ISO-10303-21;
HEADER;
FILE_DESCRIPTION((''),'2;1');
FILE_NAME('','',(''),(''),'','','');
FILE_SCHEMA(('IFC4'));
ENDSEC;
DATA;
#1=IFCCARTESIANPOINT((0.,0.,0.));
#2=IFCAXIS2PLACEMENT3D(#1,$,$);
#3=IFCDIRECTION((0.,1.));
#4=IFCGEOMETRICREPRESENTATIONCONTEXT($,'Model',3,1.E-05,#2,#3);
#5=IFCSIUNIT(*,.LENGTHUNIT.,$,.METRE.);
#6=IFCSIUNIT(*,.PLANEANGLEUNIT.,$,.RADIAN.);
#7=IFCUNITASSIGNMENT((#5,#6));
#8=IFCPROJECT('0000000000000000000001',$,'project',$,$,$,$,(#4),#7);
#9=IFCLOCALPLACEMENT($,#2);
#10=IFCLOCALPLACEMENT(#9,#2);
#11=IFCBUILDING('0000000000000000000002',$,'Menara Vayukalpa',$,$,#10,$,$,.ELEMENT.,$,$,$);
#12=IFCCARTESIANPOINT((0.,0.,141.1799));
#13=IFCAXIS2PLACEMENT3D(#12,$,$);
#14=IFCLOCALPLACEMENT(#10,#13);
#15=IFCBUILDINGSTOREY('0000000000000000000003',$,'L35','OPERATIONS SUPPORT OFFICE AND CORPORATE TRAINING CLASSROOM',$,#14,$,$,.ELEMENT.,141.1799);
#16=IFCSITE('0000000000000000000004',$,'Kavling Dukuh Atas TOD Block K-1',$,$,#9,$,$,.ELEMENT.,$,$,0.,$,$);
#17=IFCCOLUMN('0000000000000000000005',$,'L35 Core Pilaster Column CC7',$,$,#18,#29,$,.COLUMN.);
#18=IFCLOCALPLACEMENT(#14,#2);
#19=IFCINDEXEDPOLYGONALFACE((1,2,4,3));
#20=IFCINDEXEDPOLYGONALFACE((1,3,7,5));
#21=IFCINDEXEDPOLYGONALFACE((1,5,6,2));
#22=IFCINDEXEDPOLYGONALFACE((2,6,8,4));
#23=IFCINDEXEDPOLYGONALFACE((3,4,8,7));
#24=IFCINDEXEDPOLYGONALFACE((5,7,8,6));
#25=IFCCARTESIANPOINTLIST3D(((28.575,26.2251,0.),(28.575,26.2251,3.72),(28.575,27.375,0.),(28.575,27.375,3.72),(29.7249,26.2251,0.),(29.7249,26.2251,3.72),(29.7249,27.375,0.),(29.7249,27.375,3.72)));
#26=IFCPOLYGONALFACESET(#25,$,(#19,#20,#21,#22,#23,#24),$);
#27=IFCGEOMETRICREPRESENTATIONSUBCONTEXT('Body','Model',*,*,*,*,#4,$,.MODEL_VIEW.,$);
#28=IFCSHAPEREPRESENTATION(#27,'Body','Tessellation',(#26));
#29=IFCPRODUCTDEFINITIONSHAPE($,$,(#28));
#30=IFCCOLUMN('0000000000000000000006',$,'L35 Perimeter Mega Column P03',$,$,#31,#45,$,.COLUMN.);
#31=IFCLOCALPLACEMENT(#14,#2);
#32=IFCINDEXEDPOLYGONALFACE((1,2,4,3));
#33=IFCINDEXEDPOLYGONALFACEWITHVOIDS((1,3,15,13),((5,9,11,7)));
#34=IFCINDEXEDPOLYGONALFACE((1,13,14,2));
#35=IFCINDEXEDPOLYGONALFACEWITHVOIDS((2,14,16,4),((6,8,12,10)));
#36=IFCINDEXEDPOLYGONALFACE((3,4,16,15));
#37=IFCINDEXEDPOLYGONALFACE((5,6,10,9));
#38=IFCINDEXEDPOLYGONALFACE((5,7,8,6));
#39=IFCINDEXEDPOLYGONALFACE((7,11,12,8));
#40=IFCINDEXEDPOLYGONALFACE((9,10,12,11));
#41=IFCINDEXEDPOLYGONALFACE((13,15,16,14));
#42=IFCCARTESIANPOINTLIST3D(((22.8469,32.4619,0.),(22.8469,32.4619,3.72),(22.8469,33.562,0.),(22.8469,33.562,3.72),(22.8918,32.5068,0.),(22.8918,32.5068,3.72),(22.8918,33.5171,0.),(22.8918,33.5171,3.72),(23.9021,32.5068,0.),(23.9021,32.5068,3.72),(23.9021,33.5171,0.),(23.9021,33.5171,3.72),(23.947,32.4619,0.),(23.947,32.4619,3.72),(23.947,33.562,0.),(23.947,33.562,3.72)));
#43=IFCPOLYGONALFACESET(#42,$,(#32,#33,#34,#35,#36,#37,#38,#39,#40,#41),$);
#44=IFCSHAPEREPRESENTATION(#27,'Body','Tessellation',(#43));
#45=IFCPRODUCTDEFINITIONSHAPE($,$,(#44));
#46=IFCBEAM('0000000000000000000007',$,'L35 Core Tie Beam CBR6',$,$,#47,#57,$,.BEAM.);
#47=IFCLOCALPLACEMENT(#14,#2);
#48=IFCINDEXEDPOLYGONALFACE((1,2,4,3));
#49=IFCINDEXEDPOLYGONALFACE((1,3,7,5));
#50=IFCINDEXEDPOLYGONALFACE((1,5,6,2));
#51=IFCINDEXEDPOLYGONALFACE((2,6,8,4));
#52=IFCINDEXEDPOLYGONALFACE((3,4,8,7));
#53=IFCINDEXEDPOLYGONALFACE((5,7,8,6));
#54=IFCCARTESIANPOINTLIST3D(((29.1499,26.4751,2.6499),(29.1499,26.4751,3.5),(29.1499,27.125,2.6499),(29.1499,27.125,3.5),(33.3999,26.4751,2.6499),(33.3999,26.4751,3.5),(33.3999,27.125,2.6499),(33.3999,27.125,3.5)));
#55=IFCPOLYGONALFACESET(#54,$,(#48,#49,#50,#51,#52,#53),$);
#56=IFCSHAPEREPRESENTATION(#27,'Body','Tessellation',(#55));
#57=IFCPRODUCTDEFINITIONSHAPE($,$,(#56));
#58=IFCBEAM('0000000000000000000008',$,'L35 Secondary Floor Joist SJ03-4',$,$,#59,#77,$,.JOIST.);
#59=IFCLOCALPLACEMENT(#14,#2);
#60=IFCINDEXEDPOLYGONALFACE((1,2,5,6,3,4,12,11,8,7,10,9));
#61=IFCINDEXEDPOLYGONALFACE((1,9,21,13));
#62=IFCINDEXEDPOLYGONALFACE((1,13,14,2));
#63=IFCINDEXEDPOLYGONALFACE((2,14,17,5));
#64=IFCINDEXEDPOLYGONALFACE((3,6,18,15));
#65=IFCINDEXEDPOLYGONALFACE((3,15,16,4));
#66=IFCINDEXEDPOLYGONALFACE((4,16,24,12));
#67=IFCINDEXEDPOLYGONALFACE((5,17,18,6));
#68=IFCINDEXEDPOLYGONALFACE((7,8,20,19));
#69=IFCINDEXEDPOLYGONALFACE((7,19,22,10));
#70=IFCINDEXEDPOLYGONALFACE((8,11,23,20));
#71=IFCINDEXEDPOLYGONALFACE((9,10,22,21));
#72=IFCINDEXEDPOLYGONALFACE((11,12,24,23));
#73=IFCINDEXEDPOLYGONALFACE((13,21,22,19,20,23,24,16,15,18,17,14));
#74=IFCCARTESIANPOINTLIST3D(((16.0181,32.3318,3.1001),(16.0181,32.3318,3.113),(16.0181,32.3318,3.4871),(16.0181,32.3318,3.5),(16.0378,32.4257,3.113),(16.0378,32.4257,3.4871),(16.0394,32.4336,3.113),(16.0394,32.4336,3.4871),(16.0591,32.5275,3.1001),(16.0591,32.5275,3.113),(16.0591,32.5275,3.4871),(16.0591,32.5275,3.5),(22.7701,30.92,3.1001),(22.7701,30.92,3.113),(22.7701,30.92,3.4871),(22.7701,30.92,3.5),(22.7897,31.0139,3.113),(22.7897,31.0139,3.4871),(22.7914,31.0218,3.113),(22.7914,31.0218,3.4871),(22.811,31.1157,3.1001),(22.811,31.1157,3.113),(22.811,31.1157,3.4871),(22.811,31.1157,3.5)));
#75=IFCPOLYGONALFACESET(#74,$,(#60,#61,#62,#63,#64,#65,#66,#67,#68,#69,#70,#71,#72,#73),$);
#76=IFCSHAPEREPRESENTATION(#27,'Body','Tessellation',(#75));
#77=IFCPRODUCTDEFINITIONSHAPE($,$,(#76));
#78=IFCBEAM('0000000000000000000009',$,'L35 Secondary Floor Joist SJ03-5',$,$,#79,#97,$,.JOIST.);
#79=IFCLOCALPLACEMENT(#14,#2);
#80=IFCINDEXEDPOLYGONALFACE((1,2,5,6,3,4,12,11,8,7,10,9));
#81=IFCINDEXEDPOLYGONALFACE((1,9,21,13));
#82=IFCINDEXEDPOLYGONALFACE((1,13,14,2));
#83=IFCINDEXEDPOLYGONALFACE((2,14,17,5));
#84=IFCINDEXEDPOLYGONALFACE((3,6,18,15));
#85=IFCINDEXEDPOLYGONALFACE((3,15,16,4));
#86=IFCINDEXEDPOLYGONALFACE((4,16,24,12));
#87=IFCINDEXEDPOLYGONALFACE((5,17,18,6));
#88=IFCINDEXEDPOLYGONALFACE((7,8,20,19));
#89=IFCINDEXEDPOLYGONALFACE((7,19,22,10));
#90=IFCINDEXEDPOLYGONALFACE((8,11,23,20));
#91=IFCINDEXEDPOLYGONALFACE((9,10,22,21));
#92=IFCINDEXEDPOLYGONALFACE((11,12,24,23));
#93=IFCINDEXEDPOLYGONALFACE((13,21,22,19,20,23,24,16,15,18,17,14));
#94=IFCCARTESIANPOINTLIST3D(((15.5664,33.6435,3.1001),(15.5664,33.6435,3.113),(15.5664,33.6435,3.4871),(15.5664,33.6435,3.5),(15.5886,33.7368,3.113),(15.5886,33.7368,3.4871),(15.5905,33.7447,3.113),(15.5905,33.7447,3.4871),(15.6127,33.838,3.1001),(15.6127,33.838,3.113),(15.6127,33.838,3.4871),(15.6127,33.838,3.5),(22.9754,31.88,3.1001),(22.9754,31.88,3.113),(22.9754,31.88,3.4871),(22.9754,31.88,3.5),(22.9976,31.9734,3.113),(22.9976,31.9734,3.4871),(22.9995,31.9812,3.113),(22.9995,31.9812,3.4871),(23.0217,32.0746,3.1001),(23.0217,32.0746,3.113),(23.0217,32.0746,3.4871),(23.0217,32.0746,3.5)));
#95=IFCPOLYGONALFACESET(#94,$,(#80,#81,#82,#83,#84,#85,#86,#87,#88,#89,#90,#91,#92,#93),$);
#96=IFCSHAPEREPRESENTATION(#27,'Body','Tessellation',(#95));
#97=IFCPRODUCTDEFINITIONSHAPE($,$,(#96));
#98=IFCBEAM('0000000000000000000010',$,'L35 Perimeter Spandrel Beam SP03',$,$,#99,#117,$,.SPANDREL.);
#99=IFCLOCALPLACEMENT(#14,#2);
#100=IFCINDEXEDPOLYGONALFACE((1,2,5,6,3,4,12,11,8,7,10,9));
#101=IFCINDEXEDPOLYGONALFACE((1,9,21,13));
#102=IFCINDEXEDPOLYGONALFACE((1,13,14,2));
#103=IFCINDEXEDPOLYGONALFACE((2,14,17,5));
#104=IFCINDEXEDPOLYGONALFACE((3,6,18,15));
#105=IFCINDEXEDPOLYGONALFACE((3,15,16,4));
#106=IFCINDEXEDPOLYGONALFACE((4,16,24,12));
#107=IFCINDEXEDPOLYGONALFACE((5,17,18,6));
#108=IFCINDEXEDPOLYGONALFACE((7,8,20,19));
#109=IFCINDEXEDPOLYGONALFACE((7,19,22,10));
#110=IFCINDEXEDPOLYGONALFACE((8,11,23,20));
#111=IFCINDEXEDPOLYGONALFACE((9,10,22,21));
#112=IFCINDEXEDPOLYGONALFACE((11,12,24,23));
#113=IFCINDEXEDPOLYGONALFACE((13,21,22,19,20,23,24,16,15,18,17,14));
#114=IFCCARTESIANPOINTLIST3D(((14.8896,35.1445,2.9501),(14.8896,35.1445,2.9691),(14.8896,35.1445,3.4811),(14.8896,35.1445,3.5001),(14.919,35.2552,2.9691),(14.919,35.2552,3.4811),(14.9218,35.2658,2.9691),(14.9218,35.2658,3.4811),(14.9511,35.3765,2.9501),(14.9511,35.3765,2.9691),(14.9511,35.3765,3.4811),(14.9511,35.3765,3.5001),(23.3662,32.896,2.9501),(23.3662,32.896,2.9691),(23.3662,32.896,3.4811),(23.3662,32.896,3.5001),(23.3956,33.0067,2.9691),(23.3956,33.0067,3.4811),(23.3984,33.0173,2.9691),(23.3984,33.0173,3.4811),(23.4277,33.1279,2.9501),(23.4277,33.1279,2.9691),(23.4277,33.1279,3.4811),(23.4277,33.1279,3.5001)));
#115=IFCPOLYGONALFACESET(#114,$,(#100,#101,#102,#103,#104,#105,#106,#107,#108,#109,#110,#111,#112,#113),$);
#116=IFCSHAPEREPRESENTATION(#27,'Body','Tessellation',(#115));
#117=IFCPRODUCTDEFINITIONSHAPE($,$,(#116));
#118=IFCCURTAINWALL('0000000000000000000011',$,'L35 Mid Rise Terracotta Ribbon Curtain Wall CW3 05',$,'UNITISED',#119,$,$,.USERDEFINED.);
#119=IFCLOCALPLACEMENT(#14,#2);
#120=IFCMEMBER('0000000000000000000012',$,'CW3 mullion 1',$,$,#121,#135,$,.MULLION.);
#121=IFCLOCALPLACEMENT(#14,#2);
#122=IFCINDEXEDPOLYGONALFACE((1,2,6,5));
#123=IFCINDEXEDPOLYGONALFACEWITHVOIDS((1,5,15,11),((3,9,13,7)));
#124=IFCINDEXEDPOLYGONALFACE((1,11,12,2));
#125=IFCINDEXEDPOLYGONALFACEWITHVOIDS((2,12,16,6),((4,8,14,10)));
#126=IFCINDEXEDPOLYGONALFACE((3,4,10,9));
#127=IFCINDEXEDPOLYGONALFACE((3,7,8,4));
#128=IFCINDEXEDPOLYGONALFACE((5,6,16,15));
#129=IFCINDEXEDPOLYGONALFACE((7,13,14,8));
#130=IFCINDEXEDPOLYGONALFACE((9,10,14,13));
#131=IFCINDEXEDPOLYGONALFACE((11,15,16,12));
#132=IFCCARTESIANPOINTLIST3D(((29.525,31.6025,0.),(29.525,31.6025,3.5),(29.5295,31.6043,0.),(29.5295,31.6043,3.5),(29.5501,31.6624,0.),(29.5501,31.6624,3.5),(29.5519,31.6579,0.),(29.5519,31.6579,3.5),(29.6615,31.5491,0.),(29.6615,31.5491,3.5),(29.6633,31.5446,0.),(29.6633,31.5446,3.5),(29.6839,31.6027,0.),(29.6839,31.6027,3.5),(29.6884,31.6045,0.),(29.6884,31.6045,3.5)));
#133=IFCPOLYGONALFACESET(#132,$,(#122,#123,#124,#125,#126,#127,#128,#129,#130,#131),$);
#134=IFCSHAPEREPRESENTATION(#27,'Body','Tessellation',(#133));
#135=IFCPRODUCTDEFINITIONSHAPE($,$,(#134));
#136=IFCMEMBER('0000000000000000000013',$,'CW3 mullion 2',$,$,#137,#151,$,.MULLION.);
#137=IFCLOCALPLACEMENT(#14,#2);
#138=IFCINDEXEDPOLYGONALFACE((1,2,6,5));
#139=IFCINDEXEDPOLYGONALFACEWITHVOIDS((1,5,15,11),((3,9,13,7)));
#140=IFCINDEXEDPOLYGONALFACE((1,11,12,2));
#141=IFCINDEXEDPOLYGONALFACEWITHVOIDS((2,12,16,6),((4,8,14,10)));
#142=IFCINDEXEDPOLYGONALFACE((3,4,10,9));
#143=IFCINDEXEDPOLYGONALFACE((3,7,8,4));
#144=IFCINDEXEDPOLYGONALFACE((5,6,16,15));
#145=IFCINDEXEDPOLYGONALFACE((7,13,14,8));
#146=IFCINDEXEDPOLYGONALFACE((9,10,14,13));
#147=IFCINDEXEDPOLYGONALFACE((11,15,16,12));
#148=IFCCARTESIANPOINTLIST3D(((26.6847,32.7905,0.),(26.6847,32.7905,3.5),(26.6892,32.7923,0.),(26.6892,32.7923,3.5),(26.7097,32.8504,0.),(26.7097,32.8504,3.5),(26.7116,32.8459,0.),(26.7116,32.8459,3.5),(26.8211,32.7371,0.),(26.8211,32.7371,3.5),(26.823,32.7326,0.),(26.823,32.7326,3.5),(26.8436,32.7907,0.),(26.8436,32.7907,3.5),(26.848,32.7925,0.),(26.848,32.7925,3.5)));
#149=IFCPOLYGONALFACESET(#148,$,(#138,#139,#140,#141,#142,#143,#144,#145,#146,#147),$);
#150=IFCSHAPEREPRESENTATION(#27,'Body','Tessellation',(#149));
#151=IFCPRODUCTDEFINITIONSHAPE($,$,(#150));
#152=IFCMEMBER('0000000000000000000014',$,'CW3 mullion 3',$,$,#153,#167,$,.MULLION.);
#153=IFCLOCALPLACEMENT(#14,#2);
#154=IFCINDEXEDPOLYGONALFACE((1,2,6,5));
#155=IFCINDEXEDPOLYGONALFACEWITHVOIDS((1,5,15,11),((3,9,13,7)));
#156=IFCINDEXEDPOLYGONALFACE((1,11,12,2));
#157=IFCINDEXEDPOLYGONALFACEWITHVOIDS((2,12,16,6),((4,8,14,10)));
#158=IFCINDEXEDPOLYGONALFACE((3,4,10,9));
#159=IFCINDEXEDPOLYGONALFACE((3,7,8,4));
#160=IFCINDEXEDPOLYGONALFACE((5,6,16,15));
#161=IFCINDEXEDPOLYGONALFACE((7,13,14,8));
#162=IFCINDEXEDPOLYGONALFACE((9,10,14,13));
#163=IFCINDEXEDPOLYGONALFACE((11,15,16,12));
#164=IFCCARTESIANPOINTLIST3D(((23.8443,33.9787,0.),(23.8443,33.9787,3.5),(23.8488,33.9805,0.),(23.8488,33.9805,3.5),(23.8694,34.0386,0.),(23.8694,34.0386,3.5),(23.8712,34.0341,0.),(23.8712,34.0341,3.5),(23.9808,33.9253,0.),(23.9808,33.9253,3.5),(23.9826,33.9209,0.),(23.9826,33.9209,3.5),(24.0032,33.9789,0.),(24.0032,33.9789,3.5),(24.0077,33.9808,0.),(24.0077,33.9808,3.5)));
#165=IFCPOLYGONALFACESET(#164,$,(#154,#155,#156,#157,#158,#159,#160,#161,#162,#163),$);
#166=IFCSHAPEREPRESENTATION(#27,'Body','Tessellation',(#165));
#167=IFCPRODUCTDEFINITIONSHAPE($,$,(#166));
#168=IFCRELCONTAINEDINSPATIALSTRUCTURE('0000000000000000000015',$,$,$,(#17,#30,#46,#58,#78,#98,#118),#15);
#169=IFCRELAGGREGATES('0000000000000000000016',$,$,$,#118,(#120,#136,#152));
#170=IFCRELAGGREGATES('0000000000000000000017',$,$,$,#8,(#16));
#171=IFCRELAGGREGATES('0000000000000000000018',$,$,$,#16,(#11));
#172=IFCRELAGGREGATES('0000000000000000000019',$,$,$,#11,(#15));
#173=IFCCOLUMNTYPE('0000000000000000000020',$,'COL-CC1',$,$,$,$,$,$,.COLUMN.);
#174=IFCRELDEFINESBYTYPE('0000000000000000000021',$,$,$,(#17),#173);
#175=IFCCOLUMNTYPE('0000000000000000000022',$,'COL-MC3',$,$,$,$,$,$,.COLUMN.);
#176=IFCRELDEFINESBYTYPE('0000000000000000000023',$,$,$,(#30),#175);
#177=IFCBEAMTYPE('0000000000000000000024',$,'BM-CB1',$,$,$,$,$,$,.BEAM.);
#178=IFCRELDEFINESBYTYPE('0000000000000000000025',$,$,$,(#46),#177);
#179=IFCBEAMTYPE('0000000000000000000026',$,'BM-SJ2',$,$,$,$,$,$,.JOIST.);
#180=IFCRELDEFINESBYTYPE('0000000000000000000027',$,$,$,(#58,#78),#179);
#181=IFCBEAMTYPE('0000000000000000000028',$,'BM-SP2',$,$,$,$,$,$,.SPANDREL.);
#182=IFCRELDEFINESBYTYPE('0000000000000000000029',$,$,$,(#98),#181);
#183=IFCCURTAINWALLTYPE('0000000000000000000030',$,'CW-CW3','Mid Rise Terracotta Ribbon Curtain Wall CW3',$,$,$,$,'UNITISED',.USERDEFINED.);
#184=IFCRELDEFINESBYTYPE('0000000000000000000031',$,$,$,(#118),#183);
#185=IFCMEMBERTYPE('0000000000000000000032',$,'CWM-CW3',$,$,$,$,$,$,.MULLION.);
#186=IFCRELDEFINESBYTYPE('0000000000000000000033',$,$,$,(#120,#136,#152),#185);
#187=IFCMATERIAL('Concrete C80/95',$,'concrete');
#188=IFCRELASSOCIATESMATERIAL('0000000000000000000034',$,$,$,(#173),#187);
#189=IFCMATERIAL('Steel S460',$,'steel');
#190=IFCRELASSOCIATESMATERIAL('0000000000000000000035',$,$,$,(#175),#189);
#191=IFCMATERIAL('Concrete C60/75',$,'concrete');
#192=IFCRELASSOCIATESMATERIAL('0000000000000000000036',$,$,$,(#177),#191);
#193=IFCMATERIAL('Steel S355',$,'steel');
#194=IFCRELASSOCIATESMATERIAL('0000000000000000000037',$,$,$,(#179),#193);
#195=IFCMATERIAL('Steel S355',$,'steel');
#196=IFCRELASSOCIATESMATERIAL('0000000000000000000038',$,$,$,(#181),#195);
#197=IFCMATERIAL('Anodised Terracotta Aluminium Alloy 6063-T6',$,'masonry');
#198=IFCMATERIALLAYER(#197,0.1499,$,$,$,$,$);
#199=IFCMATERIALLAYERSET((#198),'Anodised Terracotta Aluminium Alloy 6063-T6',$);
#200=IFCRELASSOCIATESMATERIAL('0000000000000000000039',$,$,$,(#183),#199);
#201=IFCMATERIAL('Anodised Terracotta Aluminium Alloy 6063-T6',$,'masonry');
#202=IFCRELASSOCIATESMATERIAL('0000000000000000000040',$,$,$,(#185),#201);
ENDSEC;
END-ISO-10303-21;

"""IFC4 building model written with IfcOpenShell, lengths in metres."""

from ifc_helpers import new_model, si_unit, direction, frame, origin, origin_2d, place, context, subcontext, project, spatial, rectangle, hollow_rectangle, i_section, extrude, material, layer, layer_set, material_profile, profile_set, type_object, element, aggregate, save


model = new_model("IFC4")

# Units and contexts
model_context = context("Model", 3, precision=1e-05, world=origin(), true_north=direction((0.0, 1.0)))
body_context = subcontext(model_context, "Body", "Model", "MODEL_VIEW")
ifc_project = project(units=[si_unit("LENGTHUNIT", "METRE"), si_unit("PLANEANGLEUNIT", "RADIAN")], contexts=[model_context])

# Site, building, storey
site_placement = place(None, origin())
site = spatial("IfcSite", under=ifc_project, at=site_placement, Name="Kavling Dukuh Atas TOD Block K-1", CompositionType="ELEMENT", RefElevation=0.0)
building_placement = place(site_placement, origin())
building = spatial("IfcBuilding", under=site, at=building_placement, Name="Menara Vayukalpa", CompositionType="ELEMENT")
storey_placement = place(building_placement, frame((0.0, 0.0, 141.1799)))
storey = spatial("IfcBuildingStorey", under=building, at=storey_placement, Name="L35", Description="OPERATIONS SUPPORT OFFICE AND CORPORATE TRAINING CLASSROOM", CompositionType="ELEMENT", Elevation=141.1799)

# Columns
ifc_material_1 = material(Name="Concrete C80/95", Category="concrete")
ifc_material_profile_1 = material_profile(ifc_material_1, rectangle(XDim=1.1499, YDim=1.1499, at=origin_2d()), Name="RC 1150x1150")
ifc_profile_set_1 = profile_set([ifc_material_profile_1], Name="Concrete C80/95")
column_type_1 = type_object("IfcColumnType", Name="COL-CC1", PredefinedType="COLUMN", material=ifc_profile_set_1)
column_1_placement = place(storey_placement, frame((29.1499, 26.8, 0.0), z_axis=(0.0, 0.0, 1.0), x_axis=(1.0, 0.0, 0.0)))
element("IfcColumn", 1, at=column_1_placement, inside=storey, type_object=column_type_1, Name="L35 Core Pilaster Column CC7", PredefinedType="COLUMN", context=body_context, shape_type="SweptSolid", body=[
    extrude(rectangle(XDim=1.1499, YDim=1.1499, at=origin_2d()), origin(), (0.0, 0.0, 1.0), 3.72),
])
ifc_material_2 = material(Name="Steel S460", Category="steel")
ifc_material_profile_2 = material_profile(ifc_material_2, hollow_rectangle(XDim=1.1001, YDim=1.1001, WallThickness=0.0449, at=origin_2d()), Name="BOX 1100x1100x45")
ifc_profile_set_2 = profile_set([ifc_material_profile_2], Name="Steel S460")
column_type_2 = type_object("IfcColumnType", Name="COL-MC3", PredefinedType="COLUMN", material=ifc_profile_set_2)
column_2_placement = place(storey_placement, frame((23.397, 33.012, 0.0), z_axis=(0.0, 0.0, 1.0), x_axis=(1.0, 0.0, 0.0)))
element("IfcColumn", 2, at=column_2_placement, inside=storey, type_object=column_type_2, Name="L35 Perimeter Mega Column P03", PredefinedType="COLUMN", context=body_context, shape_type="SweptSolid", body=[
    extrude(hollow_rectangle(XDim=1.1001, YDim=1.1001, WallThickness=0.0449, at=origin_2d()), origin(), (0.0, 0.0, 1.0), 3.72),
])

# Beams
ifc_material_3 = material(Name="Concrete C60/75", Category="concrete")
ifc_material_profile_3 = material_profile(ifc_material_3, rectangle(XDim=0.6499, YDim=0.8501, at=origin_2d()), Name="RC 650x850")
ifc_profile_set_3 = profile_set([ifc_material_profile_3], Name="Concrete C60/75")
beam_type_1 = type_object("IfcBeamType", Name="BM-CB1", PredefinedType="BEAM", material=ifc_profile_set_3)
beam_1_placement = place(storey_placement, frame((29.1499, 26.8, 3.075), z_axis=(1.0, 0.0, 0.0), x_axis=(0.0, 1.0, 0.0)))
element("IfcBeam", 3, at=beam_1_placement, inside=storey, type_object=beam_type_1, Name="L35 Core Tie Beam CBR6", PredefinedType="BEAM", context=body_context, shape_type="SweptSolid", body=[
    extrude(rectangle(XDim=0.6499, YDim=0.8501, at=origin_2d()), origin(), (0.0, 0.0, 1.0), 4.25),
])
ifc_material_4 = material(Name="Steel S355", Category="steel")
ifc_material_profile_4 = material_profile(ifc_material_4, i_section(OverallWidth=0.2, OverallDepth=0.3999, WebThickness=0.0081, FlangeThickness=0.0129, at=origin_2d()), Name="WF 400x200x8x13")
ifc_profile_set_4 = profile_set([ifc_material_profile_4], Name="Steel S355")
beam_type_2 = type_object("IfcBeamType", Name="BM-SJ2", PredefinedType="JOIST", material=ifc_profile_set_4)
beam_2_placement = place(storey_placement, frame((22.7905, 31.0178, 3.3), z_axis=(-0.978829, 0.204678, 0.0), x_axis=(-0.204678, -0.978829, 0.0)))
element("IfcBeam", 4, at=beam_2_placement, inside=storey, type_object=beam_type_2, Name="L35 Secondary Floor Joist SJ03-4", PredefinedType="JOIST", context=body_context, shape_type="SweptSolid", body=[
    extrude(i_section(OverallWidth=0.2, OverallDepth=0.3999, WebThickness=0.0081, FlangeThickness=0.0129, at=origin_2d()), origin(), (0.0, 0.0, 1.0), 6.8979),
])
beam_3_placement = place(storey_placement, frame((22.9985, 31.9773, 3.3), z_axis=(-0.972824, 0.231545, 0.0), x_axis=(-0.231545, -0.972824, 0.0)))
element("IfcBeam", 5, at=beam_3_placement, inside=storey, type_object=beam_type_2, Name="L35 Secondary Floor Joist SJ03-5", PredefinedType="JOIST", context=body_context, shape_type="SweptSolid", body=[
    extrude(i_section(OverallWidth=0.2, OverallDepth=0.3999, WebThickness=0.0081, FlangeThickness=0.0129, at=origin_2d()), origin(), (0.0, 0.0, 1.0), 7.616),
])
ifc_material_5 = material(Name="Steel S355", Category="steel")
ifc_material_profile_5 = material_profile(ifc_material_5, i_section(OverallWidth=0.24, OverallDepth=0.55, WebThickness=0.011, FlangeThickness=0.019, at=origin_2d()), Name="WF 550x240x11x19")
ifc_profile_set_5 = profile_set([ifc_material_profile_5], Name="Steel S355")
beam_type_3 = type_object("IfcBeamType", Name="BM-SP2", PredefinedType="SPANDREL", material=ifc_profile_set_5)
beam_4_placement = place(storey_placement, frame((23.397, 33.012, 3.2251), z_axis=(-0.966571, 0.256398, 0.0), x_axis=(-0.256398, -0.966571, 0.0)))
element("IfcBeam", 6, at=beam_4_placement, inside=storey, type_object=beam_type_3, Name="L35 Perimeter Spandrel Beam SP03", PredefinedType="SPANDREL", context=body_context, shape_type="SweptSolid", body=[
    extrude(i_section(OverallWidth=0.24, OverallDepth=0.55, WebThickness=0.011, FlangeThickness=0.019, at=origin_2d()), origin(), (0.0, 0.0, 1.0), 8.7698),
])

# Curtain wall, members
ifc_material_6 = material(Name="Anodised Terracotta Aluminium Alloy 6063-T6", Category="masonry")
ifc_layer_1 = layer(ifc_material_6, 0.1499)
ifc_layer_set_1 = layer_set([ifc_layer_1], Name="Anodised Terracotta Aluminium Alloy 6063-T6")
curtain_wall_type = type_object("IfcCurtainWallType", Name="CW-CW3", Description="Mid Rise Terracotta Ribbon Curtain Wall CW3", ElementType="UNITISED", PredefinedType="USERDEFINED", material=ifc_layer_set_1)
curtain_wall_placement = place(storey_placement, origin())
curtain_wall = element("IfcCurtainWall", 7, at=curtain_wall_placement, inside=storey, type_object=curtain_wall_type, Name="L35 Mid Rise Terracotta Ribbon Curtain Wall CW3 05", ObjectType="UNITISED", PredefinedType="USERDEFINED")
ifc_material_7 = material(Name="Anodised Terracotta Aluminium Alloy 6063-T6", Category="masonry")
ifc_material_profile_6 = material_profile(ifc_material_7, hollow_rectangle(XDim=0.0649, YDim=0.1499, WallThickness=0.0034, at=origin_2d()), Name="ALU 65x150x3.5")
ifc_profile_set_6 = profile_set([ifc_material_profile_6], Name="Anodised Terracotta Aluminium Alloy 6063-T6")
member_type_1 = type_object("IfcMemberType", Name="CWM-CW3", PredefinedType="MULLION", material=ifc_profile_set_6)
member_1_placement = place(storey_placement, frame((29.6067, 31.6035, 0.0), z_axis=(0.0, 0.0, 1.0), x_axis=(-0.385886, -0.922546, 0.0)))
member_1 = element("IfcMember", 8, at=member_1_placement, type_object=member_type_1, Name="CW3 mullion 1", PredefinedType="MULLION", context=body_context, shape_type="SweptSolid", body=[
    extrude(hollow_rectangle(XDim=0.0649, YDim=0.1499, WallThickness=0.0034, at=origin_2d()), origin(), (0.0, 0.0, 1.0), 3.5),
])
member_2_placement = place(storey_placement, frame((26.7664, 32.7915, 0.0), z_axis=(0.0, 0.0, 1.0), x_axis=(-0.385886, -0.922546, 0.0)))
member_2 = element("IfcMember", 9, at=member_2_placement, type_object=member_type_1, Name="CW3 mullion 2", PredefinedType="MULLION", context=body_context, shape_type="SweptSolid", body=[
    extrude(hollow_rectangle(XDim=0.0649, YDim=0.1499, WallThickness=0.0034, at=origin_2d()), origin(), (0.0, 0.0, 1.0), 3.5),
])
member_3_placement = place(storey_placement, frame((23.926, 33.9797, 0.0), z_axis=(0.0, 0.0, 1.0), x_axis=(-0.385886, -0.922546, 0.0)))
member_3 = element("IfcMember", 10, at=member_3_placement, type_object=member_type_1, Name="CW3 mullion 3", PredefinedType="MULLION", context=body_context, shape_type="SweptSolid", body=[
    extrude(hollow_rectangle(XDim=0.0649, YDim=0.1499, WallThickness=0.0034, at=origin_2d()), origin(), (0.0, 0.0, 1.0), 3.5),
])
aggregate(curtain_wall, [member_1, member_2, member_3])

save(model, "model.ifc")
